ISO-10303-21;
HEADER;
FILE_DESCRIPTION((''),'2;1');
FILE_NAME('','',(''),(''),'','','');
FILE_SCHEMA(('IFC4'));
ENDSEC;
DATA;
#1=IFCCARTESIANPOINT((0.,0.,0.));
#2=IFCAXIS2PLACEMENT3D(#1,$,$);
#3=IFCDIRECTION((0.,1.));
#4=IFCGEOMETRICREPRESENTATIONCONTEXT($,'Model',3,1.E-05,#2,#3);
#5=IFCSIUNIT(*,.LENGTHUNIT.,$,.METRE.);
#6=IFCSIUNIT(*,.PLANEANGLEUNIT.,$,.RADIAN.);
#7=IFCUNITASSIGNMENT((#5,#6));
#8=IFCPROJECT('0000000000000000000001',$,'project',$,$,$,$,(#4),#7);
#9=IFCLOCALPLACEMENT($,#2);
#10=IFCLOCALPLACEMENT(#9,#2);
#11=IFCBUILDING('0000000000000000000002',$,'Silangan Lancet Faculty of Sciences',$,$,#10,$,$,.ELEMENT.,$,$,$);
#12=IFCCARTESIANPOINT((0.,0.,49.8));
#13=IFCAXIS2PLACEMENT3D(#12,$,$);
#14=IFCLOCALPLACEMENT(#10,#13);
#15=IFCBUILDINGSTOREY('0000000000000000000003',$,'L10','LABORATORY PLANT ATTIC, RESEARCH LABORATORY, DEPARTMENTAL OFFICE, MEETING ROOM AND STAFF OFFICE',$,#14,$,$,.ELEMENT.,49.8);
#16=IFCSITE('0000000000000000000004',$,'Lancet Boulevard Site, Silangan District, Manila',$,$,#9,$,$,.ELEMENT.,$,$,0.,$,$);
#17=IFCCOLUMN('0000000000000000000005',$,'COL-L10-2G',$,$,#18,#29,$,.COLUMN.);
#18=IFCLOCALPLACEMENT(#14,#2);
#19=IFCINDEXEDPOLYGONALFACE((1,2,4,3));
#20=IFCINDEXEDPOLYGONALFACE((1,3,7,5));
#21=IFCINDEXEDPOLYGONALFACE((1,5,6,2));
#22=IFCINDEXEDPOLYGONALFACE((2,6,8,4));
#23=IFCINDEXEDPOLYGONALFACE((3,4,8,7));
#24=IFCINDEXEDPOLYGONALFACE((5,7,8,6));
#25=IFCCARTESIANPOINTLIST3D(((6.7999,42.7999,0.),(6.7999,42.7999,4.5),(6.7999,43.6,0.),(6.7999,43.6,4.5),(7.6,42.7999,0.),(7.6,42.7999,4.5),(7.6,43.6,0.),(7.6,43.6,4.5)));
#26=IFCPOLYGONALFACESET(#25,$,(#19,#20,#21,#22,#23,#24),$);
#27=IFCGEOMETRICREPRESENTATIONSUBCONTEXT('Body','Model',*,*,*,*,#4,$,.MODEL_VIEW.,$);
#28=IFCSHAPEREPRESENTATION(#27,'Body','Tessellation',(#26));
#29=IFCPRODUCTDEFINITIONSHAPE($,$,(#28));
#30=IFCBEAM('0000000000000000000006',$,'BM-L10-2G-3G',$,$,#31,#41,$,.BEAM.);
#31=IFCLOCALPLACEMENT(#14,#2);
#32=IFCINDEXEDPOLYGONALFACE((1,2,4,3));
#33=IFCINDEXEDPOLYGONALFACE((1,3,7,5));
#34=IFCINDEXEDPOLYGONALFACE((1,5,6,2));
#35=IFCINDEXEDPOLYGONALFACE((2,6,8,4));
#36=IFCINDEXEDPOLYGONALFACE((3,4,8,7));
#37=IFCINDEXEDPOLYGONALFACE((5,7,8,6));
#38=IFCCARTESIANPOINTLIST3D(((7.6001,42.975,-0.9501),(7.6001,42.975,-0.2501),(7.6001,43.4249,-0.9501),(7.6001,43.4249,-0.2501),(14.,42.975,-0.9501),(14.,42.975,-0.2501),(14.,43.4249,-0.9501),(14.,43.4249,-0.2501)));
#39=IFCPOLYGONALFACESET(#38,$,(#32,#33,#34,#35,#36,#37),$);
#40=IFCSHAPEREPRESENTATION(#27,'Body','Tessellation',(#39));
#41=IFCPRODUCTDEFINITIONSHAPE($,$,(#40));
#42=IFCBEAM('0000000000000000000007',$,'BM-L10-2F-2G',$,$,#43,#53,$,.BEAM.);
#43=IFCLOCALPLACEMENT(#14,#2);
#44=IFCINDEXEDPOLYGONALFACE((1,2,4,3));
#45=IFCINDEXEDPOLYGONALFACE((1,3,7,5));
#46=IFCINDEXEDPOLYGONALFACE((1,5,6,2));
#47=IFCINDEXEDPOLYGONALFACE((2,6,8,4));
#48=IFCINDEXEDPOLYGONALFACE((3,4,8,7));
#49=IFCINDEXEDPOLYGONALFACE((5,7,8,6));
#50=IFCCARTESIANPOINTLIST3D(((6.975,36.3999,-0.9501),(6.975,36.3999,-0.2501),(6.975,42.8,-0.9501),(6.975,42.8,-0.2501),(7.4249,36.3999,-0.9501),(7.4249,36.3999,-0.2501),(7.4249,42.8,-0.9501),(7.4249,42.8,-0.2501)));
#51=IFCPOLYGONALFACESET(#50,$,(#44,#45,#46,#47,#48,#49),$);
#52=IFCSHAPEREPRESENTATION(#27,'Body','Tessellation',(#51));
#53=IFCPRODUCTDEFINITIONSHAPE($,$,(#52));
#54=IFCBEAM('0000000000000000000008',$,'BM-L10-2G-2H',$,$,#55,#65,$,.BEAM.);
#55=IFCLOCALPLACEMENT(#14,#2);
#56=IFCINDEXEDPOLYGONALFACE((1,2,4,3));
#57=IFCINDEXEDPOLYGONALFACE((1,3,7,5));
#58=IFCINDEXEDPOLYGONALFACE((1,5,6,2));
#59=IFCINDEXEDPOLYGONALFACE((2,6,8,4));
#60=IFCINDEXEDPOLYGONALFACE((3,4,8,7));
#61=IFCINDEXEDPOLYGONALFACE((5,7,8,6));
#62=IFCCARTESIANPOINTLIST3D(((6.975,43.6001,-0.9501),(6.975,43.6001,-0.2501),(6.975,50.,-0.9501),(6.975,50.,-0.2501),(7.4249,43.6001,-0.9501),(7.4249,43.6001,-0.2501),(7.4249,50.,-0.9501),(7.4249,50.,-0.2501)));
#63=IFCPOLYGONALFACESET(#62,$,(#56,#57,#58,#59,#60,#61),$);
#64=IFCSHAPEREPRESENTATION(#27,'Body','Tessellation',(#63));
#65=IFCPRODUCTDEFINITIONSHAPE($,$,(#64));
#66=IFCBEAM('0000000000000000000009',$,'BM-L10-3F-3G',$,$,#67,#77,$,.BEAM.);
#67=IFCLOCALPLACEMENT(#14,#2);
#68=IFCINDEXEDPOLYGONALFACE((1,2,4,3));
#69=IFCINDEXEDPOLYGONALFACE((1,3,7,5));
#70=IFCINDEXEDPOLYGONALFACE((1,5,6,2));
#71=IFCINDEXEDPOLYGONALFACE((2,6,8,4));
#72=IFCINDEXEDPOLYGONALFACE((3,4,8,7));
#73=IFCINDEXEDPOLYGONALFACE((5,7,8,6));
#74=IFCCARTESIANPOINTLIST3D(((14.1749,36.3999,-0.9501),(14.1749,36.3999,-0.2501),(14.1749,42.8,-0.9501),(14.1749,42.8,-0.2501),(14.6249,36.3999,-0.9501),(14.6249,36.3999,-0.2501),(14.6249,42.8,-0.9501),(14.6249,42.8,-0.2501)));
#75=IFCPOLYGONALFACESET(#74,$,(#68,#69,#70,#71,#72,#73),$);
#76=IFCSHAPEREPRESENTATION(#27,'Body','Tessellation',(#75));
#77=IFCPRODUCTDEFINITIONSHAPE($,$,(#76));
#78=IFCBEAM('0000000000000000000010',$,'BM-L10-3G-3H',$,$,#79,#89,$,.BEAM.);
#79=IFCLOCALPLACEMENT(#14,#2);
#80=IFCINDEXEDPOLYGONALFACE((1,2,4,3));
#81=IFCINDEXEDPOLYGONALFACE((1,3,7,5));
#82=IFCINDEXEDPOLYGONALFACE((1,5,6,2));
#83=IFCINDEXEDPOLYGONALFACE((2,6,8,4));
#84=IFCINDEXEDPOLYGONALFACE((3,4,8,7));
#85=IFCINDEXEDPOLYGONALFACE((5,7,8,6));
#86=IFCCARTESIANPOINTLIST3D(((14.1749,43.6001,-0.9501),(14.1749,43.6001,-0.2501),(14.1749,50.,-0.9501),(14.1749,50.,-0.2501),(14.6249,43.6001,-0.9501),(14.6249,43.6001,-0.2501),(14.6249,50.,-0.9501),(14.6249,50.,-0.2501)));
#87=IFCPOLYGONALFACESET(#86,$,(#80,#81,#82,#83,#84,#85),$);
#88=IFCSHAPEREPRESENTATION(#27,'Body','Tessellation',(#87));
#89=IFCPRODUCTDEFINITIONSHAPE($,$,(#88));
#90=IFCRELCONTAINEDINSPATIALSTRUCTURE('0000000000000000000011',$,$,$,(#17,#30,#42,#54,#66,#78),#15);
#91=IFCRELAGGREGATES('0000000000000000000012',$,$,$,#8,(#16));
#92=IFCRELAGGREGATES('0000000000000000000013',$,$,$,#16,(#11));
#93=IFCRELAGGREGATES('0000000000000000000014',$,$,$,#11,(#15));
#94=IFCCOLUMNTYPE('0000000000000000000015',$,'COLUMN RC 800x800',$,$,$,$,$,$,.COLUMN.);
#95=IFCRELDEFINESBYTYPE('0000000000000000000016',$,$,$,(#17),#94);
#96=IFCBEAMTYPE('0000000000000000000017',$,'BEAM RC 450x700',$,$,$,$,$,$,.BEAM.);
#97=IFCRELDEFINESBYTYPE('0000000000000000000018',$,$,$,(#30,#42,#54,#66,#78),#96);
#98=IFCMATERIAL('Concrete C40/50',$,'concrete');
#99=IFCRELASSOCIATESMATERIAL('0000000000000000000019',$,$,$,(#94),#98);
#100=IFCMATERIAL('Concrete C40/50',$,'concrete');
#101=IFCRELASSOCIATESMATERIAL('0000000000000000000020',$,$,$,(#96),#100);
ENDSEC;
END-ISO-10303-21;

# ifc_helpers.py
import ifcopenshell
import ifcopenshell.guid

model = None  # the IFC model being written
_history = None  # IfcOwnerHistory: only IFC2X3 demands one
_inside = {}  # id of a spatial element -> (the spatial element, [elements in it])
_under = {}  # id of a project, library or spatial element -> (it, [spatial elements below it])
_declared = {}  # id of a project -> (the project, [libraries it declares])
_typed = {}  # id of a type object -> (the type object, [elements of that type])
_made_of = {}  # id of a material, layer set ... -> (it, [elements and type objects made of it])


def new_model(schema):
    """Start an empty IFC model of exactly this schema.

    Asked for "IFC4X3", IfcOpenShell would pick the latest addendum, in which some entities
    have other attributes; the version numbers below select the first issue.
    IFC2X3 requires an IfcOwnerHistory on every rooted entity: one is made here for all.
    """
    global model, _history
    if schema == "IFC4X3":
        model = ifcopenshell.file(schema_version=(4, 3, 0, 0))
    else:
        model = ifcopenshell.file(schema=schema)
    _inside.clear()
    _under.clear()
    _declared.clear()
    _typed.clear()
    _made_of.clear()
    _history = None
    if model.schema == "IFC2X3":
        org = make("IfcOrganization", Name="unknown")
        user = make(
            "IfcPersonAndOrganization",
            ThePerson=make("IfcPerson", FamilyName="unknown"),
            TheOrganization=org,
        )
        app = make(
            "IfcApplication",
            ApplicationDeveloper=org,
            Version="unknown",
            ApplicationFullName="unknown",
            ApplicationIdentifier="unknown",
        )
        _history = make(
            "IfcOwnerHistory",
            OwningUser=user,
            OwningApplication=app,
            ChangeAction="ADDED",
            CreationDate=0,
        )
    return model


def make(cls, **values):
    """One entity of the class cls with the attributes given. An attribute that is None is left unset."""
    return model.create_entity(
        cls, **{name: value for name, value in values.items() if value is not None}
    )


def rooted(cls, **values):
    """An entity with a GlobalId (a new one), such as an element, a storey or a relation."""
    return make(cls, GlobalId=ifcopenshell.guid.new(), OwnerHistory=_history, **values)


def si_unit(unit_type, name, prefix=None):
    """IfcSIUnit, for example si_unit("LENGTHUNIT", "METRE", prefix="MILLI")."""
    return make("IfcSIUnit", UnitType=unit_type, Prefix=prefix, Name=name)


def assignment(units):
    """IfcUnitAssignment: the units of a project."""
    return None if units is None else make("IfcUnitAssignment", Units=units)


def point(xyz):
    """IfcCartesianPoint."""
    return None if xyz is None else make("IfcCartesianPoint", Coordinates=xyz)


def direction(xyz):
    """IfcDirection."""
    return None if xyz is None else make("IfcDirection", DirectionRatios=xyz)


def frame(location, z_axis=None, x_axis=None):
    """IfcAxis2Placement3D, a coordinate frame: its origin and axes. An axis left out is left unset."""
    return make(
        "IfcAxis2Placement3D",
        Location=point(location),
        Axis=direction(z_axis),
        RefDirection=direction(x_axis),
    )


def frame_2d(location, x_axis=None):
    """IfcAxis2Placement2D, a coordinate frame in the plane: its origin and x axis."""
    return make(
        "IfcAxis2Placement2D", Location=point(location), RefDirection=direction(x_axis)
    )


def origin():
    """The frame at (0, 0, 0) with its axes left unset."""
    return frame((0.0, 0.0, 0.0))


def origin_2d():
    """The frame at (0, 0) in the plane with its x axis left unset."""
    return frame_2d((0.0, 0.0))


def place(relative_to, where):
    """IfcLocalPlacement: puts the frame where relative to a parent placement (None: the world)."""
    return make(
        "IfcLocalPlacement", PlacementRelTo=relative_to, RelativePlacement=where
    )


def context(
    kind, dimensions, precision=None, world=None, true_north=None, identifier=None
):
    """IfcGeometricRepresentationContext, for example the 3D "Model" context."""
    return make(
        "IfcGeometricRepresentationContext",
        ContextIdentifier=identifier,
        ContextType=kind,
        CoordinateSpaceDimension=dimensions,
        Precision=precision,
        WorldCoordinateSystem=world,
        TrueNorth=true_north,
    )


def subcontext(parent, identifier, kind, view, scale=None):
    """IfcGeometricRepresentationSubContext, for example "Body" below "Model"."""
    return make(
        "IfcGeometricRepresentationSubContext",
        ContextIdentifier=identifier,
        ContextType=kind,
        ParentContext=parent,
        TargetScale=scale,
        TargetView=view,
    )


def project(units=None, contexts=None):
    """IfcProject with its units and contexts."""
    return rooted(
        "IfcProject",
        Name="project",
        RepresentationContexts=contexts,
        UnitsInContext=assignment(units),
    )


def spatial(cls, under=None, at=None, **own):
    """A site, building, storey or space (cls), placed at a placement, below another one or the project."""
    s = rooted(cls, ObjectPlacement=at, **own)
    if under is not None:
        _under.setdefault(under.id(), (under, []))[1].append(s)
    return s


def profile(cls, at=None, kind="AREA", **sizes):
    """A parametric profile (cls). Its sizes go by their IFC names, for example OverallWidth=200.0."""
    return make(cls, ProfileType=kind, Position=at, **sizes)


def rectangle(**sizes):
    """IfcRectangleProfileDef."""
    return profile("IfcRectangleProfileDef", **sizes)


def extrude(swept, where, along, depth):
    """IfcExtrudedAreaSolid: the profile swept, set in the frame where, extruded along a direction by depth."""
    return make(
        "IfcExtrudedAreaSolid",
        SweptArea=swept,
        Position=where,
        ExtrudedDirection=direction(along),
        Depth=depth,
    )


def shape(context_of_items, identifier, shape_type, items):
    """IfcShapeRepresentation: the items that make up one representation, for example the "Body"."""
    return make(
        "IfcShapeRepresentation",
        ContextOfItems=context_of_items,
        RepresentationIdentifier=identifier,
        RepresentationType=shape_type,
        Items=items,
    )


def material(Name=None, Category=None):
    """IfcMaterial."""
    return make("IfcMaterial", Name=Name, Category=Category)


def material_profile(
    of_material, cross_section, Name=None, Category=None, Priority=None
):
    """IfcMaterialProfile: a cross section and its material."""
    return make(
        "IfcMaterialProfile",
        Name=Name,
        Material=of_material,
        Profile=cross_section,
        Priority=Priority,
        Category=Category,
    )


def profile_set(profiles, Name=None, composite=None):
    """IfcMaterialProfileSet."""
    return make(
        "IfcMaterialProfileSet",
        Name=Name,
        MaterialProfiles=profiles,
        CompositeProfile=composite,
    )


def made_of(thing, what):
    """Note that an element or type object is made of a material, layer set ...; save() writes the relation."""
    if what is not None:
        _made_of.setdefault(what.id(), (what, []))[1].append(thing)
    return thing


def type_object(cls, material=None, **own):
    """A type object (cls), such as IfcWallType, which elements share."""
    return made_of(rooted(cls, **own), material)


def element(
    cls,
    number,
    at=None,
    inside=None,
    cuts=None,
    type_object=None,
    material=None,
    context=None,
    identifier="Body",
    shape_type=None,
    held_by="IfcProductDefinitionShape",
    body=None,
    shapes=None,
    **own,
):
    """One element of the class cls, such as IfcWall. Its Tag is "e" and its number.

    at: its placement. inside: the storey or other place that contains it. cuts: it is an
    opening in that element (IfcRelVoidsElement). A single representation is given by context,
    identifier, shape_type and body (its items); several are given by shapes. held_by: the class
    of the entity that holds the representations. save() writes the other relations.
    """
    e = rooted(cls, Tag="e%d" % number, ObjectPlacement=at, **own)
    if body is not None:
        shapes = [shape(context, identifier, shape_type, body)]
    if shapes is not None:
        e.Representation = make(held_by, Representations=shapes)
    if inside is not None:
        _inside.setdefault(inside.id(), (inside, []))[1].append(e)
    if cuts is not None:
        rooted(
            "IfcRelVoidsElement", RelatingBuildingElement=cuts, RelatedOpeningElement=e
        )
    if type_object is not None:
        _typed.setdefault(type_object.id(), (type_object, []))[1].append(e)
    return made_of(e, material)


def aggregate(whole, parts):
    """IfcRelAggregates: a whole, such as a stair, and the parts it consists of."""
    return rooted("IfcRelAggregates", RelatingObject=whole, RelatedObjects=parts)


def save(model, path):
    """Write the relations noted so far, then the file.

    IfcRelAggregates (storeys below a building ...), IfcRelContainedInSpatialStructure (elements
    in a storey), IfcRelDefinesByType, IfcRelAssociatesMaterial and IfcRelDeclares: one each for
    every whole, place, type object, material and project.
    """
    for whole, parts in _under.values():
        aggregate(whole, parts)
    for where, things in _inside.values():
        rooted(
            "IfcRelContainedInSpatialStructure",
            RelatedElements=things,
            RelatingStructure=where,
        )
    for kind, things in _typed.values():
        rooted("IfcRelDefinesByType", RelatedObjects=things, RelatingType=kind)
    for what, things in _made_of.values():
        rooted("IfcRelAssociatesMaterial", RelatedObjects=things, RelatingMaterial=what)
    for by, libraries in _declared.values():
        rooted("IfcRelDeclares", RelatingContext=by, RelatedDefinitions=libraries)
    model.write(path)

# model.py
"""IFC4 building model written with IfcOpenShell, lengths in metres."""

from ifc_helpers import new_model, si_unit, direction, frame, origin, origin_2d, place, context, subcontext, project, spatial, rectangle, extrude, material, material_profile, profile_set, type_object, element, save


model = new_model("IFC4")

# Units and contexts
model_context = context("Model", 3, precision=1e-05, world=origin(), true_north=direction((0.0, 1.0)))
body_context = subcontext(model_context, "Body", "Model", "MODEL_VIEW")
ifc_project = project(units=[si_unit("LENGTHUNIT", "METRE"), si_unit("PLANEANGLEUNIT", "RADIAN")], contexts=[model_context])

# Site, building, storey
site_placement = place(None, origin())
site = spatial("IfcSite", under=ifc_project, at=site_placement, Name="Lancet Boulevard Site, Silangan District, Manila", CompositionType="ELEMENT", RefElevation=0.0)
building_placement = place(site_placement, origin())
building = spatial("IfcBuilding", under=site, at=building_placement, Name="Silangan Lancet Faculty of Sciences", CompositionType="ELEMENT")
storey_placement = place(building_placement, frame((0.0, 0.0, 49.8)))
storey = spatial("IfcBuildingStorey", under=building, at=storey_placement, Name="L10", Description="LABORATORY PLANT ATTIC, RESEARCH LABORATORY, DEPARTMENTAL OFFICE, MEETING ROOM AND STAFF OFFICE", CompositionType="ELEMENT", Elevation=49.8)

# Column
ifc_material_1 = material(Name="Concrete C40/50", Category="concrete")
ifc_material_profile_1 = material_profile(ifc_material_1, rectangle(XDim=0.8, YDim=0.8, at=origin_2d()), Name="RC 800x800")
ifc_profile_set_1 = profile_set([ifc_material_profile_1], Name="Concrete C40/50")
column_type = type_object("IfcColumnType", Name="COLUMN RC 800x800", PredefinedType="COLUMN", material=ifc_profile_set_1)
column_placement = place(storey_placement, frame((7.2, 43.2, 0.0), z_axis=(0.0, 0.0, 1.0), x_axis=(1.0, 0.0, 0.0)))
element("IfcColumn", 1, at=column_placement, inside=storey, type_object=column_type, Name="COL-L10-2G", PredefinedType="COLUMN", context=body_context, shape_type="SweptSolid", body=[
    extrude(rectangle(XDim=0.8, YDim=0.8, at=origin_2d()), origin(), (0.0, 0.0, 1.0), 4.5),
])

# Beams
ifc_material_2 = material(Name="Concrete C40/50", Category="concrete")
ifc_material_profile_2 = material_profile(ifc_material_2, rectangle(XDim=0.45, YDim=0.7, at=origin_2d()), Name="RC 450x700")
ifc_profile_set_2 = profile_set([ifc_material_profile_2], Name="Concrete C40/50")
beam_type = type_object("IfcBeamType", Name="BEAM RC 450x700", PredefinedType="BEAM", material=ifc_profile_set_2)
beam_1_placement = place(storey_placement, frame((7.6001, 43.2, -0.6001), z_axis=(1.0, 0.0, 0.0), x_axis=(0.0, 1.0, 0.0)))
element("IfcBeam", 2, at=beam_1_placement, inside=storey, type_object=beam_type, Name="BM-L10-2G-3G", PredefinedType="BEAM", context=body_context, shape_type="SweptSolid", body=[
    extrude(rectangle(XDim=0.45, YDim=0.7, at=origin_2d()), origin(), (0.0, 0.0, 1.0), 6.3999),
])
beam_2_placement = place(storey_placement, frame((7.2, 36.3999, -0.6001), z_axis=(0.0, 1.0, 0.0), x_axis=(-1.0, 0.0, 0.0)))
element("IfcBeam", 3, at=beam_2_placement, inside=storey, type_object=beam_type, Name="BM-L10-2F-2G", PredefinedType="BEAM", context=body_context, shape_type="SweptSolid", body=[
    extrude(rectangle(XDim=0.45, YDim=0.7, at=origin_2d()), origin(), (0.0, 0.0, 1.0), 6.4001),
])
beam_3_placement = place(storey_placement, frame((7.2, 43.6001, -0.6001), z_axis=(0.0, 1.0, 0.0), x_axis=(-1.0, 0.0, 0.0)))
element("IfcBeam", 4, at=beam_3_placement, inside=storey, type_object=beam_type, Name="BM-L10-2G-2H", PredefinedType="BEAM", context=body_context, shape_type="SweptSolid", body=[
    extrude(rectangle(XDim=0.45, YDim=0.7, at=origin_2d()), origin(), (0.0, 0.0, 1.0), 6.3999),
])
beam_4_placement = place(storey_placement, frame((14.3999, 36.3999, -0.6001), z_axis=(0.0, 1.0, 0.0), x_axis=(-1.0, 0.0, 0.0)))
element("IfcBeam", 5, at=beam_4_placement, inside=storey, type_object=beam_type, Name="BM-L10-3F-3G", PredefinedType="BEAM", context=body_context, shape_type="SweptSolid", body=[
    extrude(rectangle(XDim=0.45, YDim=0.7, at=origin_2d()), origin(), (0.0, 0.0, 1.0), 6.4001),
])
beam_5_placement = place(storey_placement, frame((14.3999, 43.6001, -0.6001), z_axis=(0.0, 1.0, 0.0), x_axis=(-1.0, 0.0, 0.0)))
element("IfcBeam", 6, at=beam_5_placement, inside=storey, type_object=beam_type, Name="BM-L10-3G-3H", PredefinedType="BEAM", context=body_context, shape_type="SweptSolid", body=[
    extrude(rectangle(XDim=0.45, YDim=0.7, at=origin_2d()), origin(), (0.0, 0.0, 1.0), 6.3999),
])

save(model, "model.ifc")
